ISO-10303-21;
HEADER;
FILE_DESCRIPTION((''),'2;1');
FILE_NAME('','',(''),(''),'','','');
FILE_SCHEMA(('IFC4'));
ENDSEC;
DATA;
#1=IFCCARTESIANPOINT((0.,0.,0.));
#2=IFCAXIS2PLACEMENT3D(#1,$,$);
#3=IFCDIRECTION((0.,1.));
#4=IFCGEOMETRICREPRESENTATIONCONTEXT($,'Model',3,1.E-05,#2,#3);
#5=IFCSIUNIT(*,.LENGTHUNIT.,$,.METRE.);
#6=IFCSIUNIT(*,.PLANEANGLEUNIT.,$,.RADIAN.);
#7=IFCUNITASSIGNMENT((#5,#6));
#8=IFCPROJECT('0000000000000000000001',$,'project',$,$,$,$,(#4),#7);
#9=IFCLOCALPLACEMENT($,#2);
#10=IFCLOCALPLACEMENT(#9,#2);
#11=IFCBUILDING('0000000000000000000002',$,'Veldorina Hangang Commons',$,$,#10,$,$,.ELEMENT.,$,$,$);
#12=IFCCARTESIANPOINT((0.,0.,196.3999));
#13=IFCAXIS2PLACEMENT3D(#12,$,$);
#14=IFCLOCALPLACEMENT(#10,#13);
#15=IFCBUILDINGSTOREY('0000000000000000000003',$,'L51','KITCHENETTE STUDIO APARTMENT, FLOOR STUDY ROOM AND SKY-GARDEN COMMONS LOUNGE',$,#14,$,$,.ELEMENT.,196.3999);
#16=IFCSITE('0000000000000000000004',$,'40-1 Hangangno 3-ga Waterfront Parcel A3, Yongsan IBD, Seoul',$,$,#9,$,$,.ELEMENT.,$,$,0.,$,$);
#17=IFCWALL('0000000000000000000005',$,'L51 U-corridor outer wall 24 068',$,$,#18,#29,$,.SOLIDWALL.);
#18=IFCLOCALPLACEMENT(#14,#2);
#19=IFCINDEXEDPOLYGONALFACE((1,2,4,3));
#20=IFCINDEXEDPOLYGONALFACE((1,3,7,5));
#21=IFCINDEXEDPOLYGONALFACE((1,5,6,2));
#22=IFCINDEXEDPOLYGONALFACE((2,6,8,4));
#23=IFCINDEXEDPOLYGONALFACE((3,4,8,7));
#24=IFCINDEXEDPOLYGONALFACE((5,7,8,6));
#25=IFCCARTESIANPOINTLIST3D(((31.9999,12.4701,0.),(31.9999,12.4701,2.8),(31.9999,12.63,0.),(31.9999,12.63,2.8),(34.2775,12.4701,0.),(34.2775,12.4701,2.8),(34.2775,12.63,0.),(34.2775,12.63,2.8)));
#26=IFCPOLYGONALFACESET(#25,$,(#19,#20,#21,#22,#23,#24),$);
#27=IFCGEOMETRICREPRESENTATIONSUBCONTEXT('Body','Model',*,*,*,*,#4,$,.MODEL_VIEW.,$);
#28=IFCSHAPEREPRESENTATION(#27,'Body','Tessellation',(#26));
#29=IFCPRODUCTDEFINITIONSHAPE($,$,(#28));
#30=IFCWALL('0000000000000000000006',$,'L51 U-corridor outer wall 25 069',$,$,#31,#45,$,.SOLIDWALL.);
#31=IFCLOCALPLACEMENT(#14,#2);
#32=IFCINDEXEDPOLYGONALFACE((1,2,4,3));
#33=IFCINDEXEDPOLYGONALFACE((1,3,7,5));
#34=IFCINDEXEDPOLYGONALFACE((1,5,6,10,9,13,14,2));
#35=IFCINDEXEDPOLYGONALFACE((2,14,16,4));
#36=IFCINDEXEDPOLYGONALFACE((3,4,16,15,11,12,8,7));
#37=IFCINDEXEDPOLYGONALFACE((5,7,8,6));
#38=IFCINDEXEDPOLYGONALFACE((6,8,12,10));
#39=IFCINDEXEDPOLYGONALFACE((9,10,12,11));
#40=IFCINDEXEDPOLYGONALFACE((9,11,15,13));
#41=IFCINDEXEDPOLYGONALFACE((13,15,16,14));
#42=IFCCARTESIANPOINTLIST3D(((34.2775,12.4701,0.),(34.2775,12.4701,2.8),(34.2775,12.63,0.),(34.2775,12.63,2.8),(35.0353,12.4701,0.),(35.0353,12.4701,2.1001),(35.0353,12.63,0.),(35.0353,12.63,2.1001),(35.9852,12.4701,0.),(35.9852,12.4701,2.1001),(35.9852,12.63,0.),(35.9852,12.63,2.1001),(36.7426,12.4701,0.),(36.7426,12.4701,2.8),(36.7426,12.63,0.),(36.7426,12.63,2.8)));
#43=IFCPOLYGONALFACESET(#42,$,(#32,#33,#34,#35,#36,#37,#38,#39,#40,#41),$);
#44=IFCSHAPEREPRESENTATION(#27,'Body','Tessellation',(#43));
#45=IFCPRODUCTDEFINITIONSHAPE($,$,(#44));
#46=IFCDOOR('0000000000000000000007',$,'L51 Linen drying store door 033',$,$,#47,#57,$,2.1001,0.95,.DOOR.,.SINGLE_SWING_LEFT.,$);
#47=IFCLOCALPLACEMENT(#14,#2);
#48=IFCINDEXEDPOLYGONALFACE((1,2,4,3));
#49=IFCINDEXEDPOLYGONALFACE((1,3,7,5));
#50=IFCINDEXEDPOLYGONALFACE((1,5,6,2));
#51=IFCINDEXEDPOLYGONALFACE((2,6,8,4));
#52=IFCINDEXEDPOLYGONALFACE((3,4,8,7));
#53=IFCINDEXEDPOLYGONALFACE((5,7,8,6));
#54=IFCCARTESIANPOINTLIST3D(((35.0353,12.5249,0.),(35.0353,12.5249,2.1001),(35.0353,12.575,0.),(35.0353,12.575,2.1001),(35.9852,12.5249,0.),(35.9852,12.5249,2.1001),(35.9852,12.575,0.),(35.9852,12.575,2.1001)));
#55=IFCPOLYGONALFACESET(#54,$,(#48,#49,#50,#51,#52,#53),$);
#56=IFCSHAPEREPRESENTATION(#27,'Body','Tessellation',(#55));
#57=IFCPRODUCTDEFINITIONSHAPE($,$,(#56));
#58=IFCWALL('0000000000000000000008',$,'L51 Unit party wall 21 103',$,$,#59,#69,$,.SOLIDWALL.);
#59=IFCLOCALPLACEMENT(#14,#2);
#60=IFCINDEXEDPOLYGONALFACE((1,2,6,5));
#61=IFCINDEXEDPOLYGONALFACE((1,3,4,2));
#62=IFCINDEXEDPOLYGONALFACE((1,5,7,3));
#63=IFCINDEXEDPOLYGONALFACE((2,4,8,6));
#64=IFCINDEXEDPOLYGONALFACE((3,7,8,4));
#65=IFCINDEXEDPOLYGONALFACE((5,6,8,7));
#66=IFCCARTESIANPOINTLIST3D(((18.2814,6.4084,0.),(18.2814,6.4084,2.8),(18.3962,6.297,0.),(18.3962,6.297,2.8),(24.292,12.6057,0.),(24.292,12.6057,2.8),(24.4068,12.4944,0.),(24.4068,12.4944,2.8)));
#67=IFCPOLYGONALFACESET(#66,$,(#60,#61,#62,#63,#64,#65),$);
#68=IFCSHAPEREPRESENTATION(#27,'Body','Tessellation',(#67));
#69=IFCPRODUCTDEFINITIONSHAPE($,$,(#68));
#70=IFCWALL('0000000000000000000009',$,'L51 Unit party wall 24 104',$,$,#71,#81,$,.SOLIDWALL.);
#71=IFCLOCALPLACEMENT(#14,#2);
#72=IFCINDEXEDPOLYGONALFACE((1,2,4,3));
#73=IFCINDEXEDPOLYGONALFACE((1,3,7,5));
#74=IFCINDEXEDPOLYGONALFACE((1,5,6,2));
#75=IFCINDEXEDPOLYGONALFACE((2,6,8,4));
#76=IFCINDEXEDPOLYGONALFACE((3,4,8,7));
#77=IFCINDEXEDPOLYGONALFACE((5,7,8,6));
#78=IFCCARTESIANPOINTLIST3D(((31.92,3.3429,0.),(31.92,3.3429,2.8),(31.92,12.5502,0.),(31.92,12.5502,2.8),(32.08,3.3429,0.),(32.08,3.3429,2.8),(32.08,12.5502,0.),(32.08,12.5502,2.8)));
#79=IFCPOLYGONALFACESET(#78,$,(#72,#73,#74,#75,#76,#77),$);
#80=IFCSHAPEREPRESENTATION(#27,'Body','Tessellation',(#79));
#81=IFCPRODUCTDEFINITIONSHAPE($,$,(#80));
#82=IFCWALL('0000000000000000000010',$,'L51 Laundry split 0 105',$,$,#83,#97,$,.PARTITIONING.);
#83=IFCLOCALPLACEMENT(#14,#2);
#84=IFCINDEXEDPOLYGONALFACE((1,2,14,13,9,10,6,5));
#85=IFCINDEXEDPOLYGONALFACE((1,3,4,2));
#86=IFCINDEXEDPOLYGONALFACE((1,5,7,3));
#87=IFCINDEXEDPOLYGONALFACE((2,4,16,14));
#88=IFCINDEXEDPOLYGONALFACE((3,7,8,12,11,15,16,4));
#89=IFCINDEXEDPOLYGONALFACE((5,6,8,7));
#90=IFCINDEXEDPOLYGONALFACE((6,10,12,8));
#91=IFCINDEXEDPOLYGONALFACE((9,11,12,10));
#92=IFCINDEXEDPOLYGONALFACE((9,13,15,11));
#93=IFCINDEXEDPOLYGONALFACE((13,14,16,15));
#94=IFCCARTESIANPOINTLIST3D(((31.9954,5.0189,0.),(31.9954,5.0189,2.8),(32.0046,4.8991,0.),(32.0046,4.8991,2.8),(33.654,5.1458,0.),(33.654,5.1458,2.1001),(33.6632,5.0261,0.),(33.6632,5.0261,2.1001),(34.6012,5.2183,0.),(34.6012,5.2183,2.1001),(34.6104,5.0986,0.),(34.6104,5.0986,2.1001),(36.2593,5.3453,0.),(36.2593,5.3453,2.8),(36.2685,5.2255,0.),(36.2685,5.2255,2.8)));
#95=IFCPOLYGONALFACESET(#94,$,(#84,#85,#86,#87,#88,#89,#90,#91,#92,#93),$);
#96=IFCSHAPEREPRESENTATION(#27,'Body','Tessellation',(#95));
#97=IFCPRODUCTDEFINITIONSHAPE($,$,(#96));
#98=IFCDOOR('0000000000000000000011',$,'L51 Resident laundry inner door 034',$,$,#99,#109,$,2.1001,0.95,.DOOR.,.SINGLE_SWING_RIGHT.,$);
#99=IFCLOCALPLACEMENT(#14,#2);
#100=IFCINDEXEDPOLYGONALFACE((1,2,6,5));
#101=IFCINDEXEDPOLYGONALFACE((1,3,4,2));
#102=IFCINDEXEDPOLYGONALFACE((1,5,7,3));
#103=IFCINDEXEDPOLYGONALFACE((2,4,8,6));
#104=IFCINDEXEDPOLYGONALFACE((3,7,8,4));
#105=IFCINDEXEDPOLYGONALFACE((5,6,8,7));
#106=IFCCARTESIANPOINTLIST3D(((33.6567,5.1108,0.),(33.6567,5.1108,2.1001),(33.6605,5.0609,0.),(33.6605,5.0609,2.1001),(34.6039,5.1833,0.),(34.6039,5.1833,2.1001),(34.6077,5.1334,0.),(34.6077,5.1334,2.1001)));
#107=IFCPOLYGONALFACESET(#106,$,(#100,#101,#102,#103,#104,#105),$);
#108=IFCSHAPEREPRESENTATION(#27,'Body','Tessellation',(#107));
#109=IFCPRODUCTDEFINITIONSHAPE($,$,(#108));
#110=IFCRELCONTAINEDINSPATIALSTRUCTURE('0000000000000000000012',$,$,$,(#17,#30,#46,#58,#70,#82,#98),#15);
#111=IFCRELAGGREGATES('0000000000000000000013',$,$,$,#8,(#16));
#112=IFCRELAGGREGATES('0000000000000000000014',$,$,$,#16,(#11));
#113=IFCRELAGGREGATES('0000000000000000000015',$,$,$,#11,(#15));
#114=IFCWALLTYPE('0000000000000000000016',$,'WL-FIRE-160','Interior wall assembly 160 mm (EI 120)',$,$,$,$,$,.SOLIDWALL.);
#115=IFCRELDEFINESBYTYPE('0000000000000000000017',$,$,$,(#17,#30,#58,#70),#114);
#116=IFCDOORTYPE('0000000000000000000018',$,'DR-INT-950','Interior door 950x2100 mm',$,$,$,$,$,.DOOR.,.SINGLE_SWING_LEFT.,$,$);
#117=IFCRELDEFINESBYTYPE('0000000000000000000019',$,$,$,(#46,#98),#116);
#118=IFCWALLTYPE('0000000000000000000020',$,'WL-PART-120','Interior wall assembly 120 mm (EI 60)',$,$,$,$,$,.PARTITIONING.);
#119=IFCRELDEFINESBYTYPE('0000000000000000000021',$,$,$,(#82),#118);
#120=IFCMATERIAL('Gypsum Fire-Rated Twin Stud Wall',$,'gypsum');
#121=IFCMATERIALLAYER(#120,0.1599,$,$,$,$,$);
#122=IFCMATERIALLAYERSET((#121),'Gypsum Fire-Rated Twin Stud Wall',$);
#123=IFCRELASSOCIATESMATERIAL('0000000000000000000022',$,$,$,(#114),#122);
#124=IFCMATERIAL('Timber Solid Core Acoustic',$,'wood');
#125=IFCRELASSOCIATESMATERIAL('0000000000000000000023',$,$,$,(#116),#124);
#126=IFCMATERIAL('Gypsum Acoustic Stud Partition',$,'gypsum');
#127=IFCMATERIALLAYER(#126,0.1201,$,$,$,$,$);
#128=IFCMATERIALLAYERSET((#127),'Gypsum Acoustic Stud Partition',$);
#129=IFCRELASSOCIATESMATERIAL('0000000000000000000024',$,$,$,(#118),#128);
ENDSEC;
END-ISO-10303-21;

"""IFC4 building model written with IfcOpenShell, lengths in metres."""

from ifc_helpers import new_model, si_unit, direction, frame, frame_2d, origin, place, context, subcontext, project, spatial, rectangle, extrude, material, layer, layer_set, type_object, element, fill, save


model = new_model("IFC4")

# Units and contexts
model_context = context("Model", 3, precision=1e-05, world=origin(), true_north=direction((0.0, 1.0)))
body_context = subcontext(model_context, "Body", "Model", "MODEL_VIEW")
ifc_project = project(units=[si_unit("LENGTHUNIT", "METRE"), si_unit("PLANEANGLEUNIT", "RADIAN")], contexts=[model_context])

# Site, building, storey
site_placement = place(None, origin())
site = spatial("IfcSite", under=ifc_project, at=site_placement, Name="40-1 Hangangno 3-ga Waterfront Parcel A3, Yongsan IBD, Seoul", CompositionType="ELEMENT", RefElevation=0.0)
building_placement = place(site_placement, origin())
building = spatial("IfcBuilding", under=site, at=building_placement, Name="Veldorina Hangang Commons", CompositionType="ELEMENT")
storey_placement = place(building_placement, frame((0.0, 0.0, 196.3999)))
storey = spatial("IfcBuildingStorey", under=building, at=storey_placement, Name="L51", Description="KITCHENETTE STUDIO APARTMENT, FLOOR STUDY ROOM AND SKY-GARDEN COMMONS LOUNGE", CompositionType="ELEMENT", Elevation=196.3999)

# Shared definitions
ifc_material_1 = material(Name="Gypsum Fire-Rated Twin Stud Wall", Category="gypsum")
ifc_layer_1 = layer(ifc_material_1, 0.1599)
ifc_layer_set_1 = layer_set([ifc_layer_1], Name="Gypsum Fire-Rated Twin Stud Wall")
wall_type_1 = type_object("IfcWallType", Name="WL-FIRE-160", Description="Interior wall assembly 160 mm (EI 120)", PredefinedType="SOLIDWALL", material=ifc_layer_set_1)

# Shared definitions
ifc_material_2 = material(Name="Timber Solid Core Acoustic", Category="wood")

# Wall
for number, where, z_axis, x_axis, name in (
    (1, (32.0, 12.55, 0.0), (0.0, 0.0, 1.0), (1.0, 0.0, 0.0), "L51 U-corridor outer wall 24 068"),
):
    element("IfcWall", number, at=place(storey_placement, frame(where, z_axis=z_axis, x_axis=x_axis)), inside=storey, type_object=wall_type_1, Name=name, PredefinedType="SOLIDWALL", context=body_context, shape_type="SweptSolid", body=[
        extrude(rectangle(XDim=2.2776, YDim=0.1599, at=frame_2d((1.1387, 0.0))), origin(), (0.0, 0.0, 1.0), 2.8),
    ])

# Wall, opening, door
wall_1_placement = place(storey_placement, frame((34.2776, 12.55, 0.0), z_axis=(0.0, 0.0, 1.0), x_axis=(1.0, 0.0, 0.0)))
wall_1 = element("IfcWall", 2, at=wall_1_placement, inside=storey, type_object=wall_type_1, Name="L51 U-corridor outer wall 25 069", PredefinedType="SOLIDWALL", context=body_context, shape_type="SweptSolid", body=[
    extrude(rectangle(XDim=2.4651, YDim=0.1599, at=frame_2d((1.2324, 0.0))), origin(), (0.0, 0.0, 1.0), 2.8),
])
opening_1_placement = place(wall_1_placement, frame((0.7576, 0.0, 0.0)))
opening_1 = element("IfcOpeningElement", 3, at=opening_1_placement, cuts=wall_1, PredefinedType="OPENING", context=body_context, shape_type="SweptSolid", body=[
    extrude(rectangle(XDim=0.95, YDim=2.1001, at=frame_2d((0.4751, 1.05))), frame((0.0, 0.0898, 0.0), z_axis=(0.0, -1.0, 0.0), x_axis=(1.0, 0.0, 0.0)), (0.0, 0.0, 1.0), 0.1799),
])
door_type_1 = type_object("IfcDoorType", Name="DR-INT-950", Description="Interior door 950x2100 mm", OperationType="SINGLE_SWING_LEFT", PredefinedType="DOOR", material=ifc_material_2)
door_1_placement = place(opening_1_placement, origin())
door_1 = element("IfcDoor", 4, at=door_1_placement, inside=storey, type_object=door_type_1, Name="L51 Linen drying store door 033", OperationType="SINGLE_SWING_LEFT", OverallHeight=2.1001, OverallWidth=0.95, PredefinedType="DOOR", context=body_context, shape_type="SweptSolid", body=[
    extrude(rectangle(XDim=0.95, YDim=2.1001, at=frame_2d((0.4751, 1.05))), frame((0.0, 0.0249, 0.0), z_axis=(0.0, -1.0, 0.0), x_axis=(1.0, 0.0, 0.0)), (0.0, 0.0, 1.0), 0.05),
])
fill(opening_1, door_1)

# Walls
wall_2_placement = place(storey_placement, frame((24.3494, 12.55, 0.0), z_axis=(0.0, 0.0, 1.0), x_axis=(-0.696207, -0.717841, 0.0)))
element("IfcWall", 5, at=wall_2_placement, inside=storey, type_object=wall_type_1, Name="L51 Unit party wall 21 103", PredefinedType="SOLIDWALL", context=body_context, shape_type="SweptSolid", body=[
    extrude(rectangle(XDim=8.6333, YDim=0.1599, at=frame_2d((4.3167, 0.0))), origin(), (0.0, 0.0, 1.0), 2.8),
])
wall_3_placement = place(storey_placement, frame((32.0, 12.55, 0.0), z_axis=(0.0, 0.0, 1.0), x_axis=(0.0, -1.0, 0.0)))
element("IfcWall", 6, at=wall_3_placement, inside=storey, type_object=wall_type_1, Name="L51 Unit party wall 24 104", PredefinedType="SOLIDWALL", context=body_context, shape_type="SweptSolid", body=[
    extrude(rectangle(XDim=9.2073, YDim=0.1599, at=frame_2d((4.6035, 0.0))), origin(), (0.0, 0.0, 1.0), 2.8),
])

# Wall, opening, door
ifc_material_3 = material(Name="Gypsum Acoustic Stud Partition", Category="gypsum")
ifc_layer_2 = layer(ifc_material_3, 0.1201)
ifc_layer_set_2 = layer_set([ifc_layer_2], Name="Gypsum Acoustic Stud Partition")
wall_type_2 = type_object("IfcWallType", Name="WL-PART-120", Description="Interior wall assembly 120 mm (EI 60)", PredefinedType="PARTITIONING", material=ifc_layer_set_2)
wall_4_placement = place(storey_placement, frame((32.0, 4.959, 0.0), z_axis=(0.0, 0.0, 1.0), x_axis=(0.997083, 0.07633, 0.0)))
wall_4 = element("IfcWall", 7, at=wall_4_placement, inside=storey, type_object=wall_type_2, Name="L51 Laundry split 0 105", PredefinedType="PARTITIONING", context=body_context, shape_type="SweptSolid", body=[
    extrude(rectangle(XDim=4.2764, YDim=0.1201, at=frame_2d((2.1382, 0.0))), origin(), (0.0, 0.0, 1.0), 2.8),
])
opening_2_placement = place(wall_4_placement, frame((1.6633, 0.0, 0.0)))
opening_2 = element("IfcOpeningElement", 8, at=opening_2_placement, cuts=wall_4, PredefinedType="OPENING", context=body_context, shape_type="SweptSolid", body=[
    extrude(rectangle(XDim=0.95, YDim=2.1001, at=frame_2d((0.4751, 1.05))), frame((0.0, 0.0701, 0.0), z_axis=(0.0, -1.0, 0.0), x_axis=(1.0, 0.0, 0.0)), (0.0, 0.0, 1.0), 0.1401),
])
door_2_placement = place(opening_2_placement, origin())
door_2 = element("IfcDoor", 9, at=door_2_placement, inside=storey, type_object=door_type_1, Name="L51 Resident laundry inner door 034", OperationType="SINGLE_SWING_RIGHT", OverallHeight=2.1001, OverallWidth=0.95, PredefinedType="DOOR", context=body_context, shape_type="SweptSolid", body=[
    extrude(rectangle(XDim=0.95, YDim=2.1001, at=frame_2d((0.4751, 1.05))), frame((0.0, 0.0249, 0.0), z_axis=(0.0, -1.0, 0.0), x_axis=(1.0, 0.0, 0.0)), (0.0, 0.0, 1.0), 0.05),
])
fill(opening_2, door_2)

save(model, "model.ifc")
